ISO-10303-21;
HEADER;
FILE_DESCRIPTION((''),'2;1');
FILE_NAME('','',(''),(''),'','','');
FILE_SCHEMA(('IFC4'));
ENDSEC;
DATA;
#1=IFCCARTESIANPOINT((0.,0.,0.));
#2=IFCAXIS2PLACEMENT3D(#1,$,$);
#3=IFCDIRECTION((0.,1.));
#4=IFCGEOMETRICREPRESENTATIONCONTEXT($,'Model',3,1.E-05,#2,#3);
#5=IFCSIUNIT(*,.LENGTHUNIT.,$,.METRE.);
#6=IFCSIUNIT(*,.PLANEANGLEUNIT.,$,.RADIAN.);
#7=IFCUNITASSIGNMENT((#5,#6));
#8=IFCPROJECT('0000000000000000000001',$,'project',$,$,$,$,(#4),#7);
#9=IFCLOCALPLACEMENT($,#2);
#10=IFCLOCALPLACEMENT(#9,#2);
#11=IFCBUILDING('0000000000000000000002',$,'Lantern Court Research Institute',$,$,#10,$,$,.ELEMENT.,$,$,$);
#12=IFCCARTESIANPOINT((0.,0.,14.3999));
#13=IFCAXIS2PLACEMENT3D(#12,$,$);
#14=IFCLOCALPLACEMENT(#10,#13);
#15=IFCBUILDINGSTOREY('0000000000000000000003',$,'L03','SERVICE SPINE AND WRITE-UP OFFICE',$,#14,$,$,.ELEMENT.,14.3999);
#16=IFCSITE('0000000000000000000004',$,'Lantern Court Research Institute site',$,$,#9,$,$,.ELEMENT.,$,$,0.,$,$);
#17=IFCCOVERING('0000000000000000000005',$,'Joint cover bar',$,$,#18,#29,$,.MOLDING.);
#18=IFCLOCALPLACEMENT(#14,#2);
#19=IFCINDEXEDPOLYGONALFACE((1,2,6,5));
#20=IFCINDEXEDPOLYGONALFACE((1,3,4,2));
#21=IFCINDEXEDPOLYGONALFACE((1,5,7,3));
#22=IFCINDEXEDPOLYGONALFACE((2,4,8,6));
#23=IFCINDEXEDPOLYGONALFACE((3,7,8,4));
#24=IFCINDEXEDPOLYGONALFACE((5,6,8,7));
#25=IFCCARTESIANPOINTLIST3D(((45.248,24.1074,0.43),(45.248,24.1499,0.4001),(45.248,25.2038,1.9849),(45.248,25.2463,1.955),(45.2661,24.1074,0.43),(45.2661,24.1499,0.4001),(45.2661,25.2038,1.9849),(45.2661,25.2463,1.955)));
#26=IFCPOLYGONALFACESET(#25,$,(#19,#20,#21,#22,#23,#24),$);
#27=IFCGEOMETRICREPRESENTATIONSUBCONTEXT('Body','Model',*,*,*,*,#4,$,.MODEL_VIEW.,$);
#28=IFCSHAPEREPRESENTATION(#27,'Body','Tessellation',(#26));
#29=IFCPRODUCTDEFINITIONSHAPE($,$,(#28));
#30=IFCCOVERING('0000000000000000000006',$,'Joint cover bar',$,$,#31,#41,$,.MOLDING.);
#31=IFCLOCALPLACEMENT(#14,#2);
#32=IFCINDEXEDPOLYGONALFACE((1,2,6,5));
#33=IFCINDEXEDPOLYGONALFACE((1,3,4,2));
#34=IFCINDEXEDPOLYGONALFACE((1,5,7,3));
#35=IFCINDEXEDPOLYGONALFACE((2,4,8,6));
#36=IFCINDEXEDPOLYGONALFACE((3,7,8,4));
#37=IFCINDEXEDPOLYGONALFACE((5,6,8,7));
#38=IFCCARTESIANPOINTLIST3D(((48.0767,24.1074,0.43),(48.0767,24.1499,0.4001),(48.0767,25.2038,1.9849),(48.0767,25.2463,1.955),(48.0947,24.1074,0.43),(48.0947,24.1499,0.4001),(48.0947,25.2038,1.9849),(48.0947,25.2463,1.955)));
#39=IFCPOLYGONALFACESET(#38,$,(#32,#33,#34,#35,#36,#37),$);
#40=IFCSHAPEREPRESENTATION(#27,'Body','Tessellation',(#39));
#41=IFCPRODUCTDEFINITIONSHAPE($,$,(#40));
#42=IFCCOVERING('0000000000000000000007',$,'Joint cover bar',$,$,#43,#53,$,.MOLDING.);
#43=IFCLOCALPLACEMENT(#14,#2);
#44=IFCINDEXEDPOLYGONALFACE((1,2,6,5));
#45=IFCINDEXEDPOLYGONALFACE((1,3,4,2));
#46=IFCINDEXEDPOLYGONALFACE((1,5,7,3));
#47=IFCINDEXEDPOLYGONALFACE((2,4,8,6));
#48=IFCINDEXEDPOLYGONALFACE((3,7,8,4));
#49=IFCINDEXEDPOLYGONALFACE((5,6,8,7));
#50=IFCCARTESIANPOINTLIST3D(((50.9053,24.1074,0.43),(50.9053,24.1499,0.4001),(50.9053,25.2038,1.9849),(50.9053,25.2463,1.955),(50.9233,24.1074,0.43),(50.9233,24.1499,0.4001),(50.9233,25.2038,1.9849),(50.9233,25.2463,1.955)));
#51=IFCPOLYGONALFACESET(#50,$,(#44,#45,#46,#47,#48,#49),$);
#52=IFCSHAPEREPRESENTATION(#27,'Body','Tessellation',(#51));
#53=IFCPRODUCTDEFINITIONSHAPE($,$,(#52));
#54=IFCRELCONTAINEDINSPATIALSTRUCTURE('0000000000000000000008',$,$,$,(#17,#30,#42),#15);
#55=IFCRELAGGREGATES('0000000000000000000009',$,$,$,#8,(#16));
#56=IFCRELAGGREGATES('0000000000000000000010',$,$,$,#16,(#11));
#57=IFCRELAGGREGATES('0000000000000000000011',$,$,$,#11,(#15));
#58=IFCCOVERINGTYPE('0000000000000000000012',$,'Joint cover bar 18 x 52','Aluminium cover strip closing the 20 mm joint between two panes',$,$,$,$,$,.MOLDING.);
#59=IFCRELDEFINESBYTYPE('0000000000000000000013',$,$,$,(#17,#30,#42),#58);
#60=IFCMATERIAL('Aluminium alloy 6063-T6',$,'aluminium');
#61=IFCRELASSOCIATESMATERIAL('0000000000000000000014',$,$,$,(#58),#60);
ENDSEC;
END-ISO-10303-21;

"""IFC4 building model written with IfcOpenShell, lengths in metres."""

from ifc_helpers import new_model, si_unit, direction, frame, origin, origin_2d, place, context, subcontext, project, spatial, rectangle, extrude, material, material_profile, profile_set, type_object, element, save


model = new_model("IFC4")

# Units and contexts
model_context = context("Model", 3, precision=1e-05, world=origin(), true_north=direction((0.0, 1.0)))
body_context = subcontext(model_context, "Body", "Model", "MODEL_VIEW")
ifc_project = project(units=[si_unit("LENGTHUNIT", "METRE"), si_unit("PLANEANGLEUNIT", "RADIAN")], contexts=[model_context])

# Site, building, storey
site_placement = place(None, origin())
site = spatial("IfcSite", under=ifc_project, at=site_placement, Name="Lantern Court Research Institute site", CompositionType="ELEMENT", RefElevation=0.0)
building_placement = place(site_placement, origin())
building = spatial("IfcBuilding", under=site, at=building_placement, Name="Lantern Court Research Institute", CompositionType="ELEMENT")
storey_placement = place(building_placement, frame((0.0, 0.0, 14.3999)))
storey = spatial("IfcBuildingStorey", under=building, at=storey_placement, Name="L03", Description="SERVICE SPINE AND WRITE-UP OFFICE", CompositionType="ELEMENT", Elevation=14.3999)

# Coverings
ifc_material_1 = material(Name="Aluminium alloy 6063-T6", Category="aluminium")
ifc_material_profile_1 = material_profile(ifc_material_1, rectangle(XDim=0.0181, YDim=0.052, at=origin_2d()), Name="Joint cover bar 18 x 52")
ifc_profile_set_1 = profile_set([ifc_material_profile_1], Name="Aluminium alloy 6063-T6")
covering_type = type_object("IfcCoveringType", Name="Joint cover bar 18 x 52", Description="Aluminium cover strip closing the 20 mm joint between two panes", PredefinedType="MOLDING", material=ifc_profile_set_1)
for number, where, z_axis, x_axis, name in (
    (1, (45.2571, 24.1287, 0.415), (0.0, 0.576275, 0.817256), (-1.0, 0.0, 0.0), "Joint cover bar"),
    (2, (48.0857, 24.1287, 0.415), (0.0, 0.576275, 0.817256), (-1.0, 0.0, 0.0), "Joint cover bar"),
    (3, (50.9143, 24.1287, 0.415), (0.0, 0.576275, 0.817256), (-1.0, 0.0, 0.0), "Joint cover bar"),
):
    element("IfcCovering", number, at=place(storey_placement, frame(where, z_axis=z_axis, x_axis=x_axis)), inside=storey, type_object=covering_type, Name=name, PredefinedType="MOLDING", context=body_context, shape_type="SweptSolid", body=[
        extrude(rectangle(XDim=0.0181, YDim=0.052, at=origin_2d()), origin(), (0.0, 0.0, 1.0), 1.9026),
    ])

save(model, "model.ifc")
